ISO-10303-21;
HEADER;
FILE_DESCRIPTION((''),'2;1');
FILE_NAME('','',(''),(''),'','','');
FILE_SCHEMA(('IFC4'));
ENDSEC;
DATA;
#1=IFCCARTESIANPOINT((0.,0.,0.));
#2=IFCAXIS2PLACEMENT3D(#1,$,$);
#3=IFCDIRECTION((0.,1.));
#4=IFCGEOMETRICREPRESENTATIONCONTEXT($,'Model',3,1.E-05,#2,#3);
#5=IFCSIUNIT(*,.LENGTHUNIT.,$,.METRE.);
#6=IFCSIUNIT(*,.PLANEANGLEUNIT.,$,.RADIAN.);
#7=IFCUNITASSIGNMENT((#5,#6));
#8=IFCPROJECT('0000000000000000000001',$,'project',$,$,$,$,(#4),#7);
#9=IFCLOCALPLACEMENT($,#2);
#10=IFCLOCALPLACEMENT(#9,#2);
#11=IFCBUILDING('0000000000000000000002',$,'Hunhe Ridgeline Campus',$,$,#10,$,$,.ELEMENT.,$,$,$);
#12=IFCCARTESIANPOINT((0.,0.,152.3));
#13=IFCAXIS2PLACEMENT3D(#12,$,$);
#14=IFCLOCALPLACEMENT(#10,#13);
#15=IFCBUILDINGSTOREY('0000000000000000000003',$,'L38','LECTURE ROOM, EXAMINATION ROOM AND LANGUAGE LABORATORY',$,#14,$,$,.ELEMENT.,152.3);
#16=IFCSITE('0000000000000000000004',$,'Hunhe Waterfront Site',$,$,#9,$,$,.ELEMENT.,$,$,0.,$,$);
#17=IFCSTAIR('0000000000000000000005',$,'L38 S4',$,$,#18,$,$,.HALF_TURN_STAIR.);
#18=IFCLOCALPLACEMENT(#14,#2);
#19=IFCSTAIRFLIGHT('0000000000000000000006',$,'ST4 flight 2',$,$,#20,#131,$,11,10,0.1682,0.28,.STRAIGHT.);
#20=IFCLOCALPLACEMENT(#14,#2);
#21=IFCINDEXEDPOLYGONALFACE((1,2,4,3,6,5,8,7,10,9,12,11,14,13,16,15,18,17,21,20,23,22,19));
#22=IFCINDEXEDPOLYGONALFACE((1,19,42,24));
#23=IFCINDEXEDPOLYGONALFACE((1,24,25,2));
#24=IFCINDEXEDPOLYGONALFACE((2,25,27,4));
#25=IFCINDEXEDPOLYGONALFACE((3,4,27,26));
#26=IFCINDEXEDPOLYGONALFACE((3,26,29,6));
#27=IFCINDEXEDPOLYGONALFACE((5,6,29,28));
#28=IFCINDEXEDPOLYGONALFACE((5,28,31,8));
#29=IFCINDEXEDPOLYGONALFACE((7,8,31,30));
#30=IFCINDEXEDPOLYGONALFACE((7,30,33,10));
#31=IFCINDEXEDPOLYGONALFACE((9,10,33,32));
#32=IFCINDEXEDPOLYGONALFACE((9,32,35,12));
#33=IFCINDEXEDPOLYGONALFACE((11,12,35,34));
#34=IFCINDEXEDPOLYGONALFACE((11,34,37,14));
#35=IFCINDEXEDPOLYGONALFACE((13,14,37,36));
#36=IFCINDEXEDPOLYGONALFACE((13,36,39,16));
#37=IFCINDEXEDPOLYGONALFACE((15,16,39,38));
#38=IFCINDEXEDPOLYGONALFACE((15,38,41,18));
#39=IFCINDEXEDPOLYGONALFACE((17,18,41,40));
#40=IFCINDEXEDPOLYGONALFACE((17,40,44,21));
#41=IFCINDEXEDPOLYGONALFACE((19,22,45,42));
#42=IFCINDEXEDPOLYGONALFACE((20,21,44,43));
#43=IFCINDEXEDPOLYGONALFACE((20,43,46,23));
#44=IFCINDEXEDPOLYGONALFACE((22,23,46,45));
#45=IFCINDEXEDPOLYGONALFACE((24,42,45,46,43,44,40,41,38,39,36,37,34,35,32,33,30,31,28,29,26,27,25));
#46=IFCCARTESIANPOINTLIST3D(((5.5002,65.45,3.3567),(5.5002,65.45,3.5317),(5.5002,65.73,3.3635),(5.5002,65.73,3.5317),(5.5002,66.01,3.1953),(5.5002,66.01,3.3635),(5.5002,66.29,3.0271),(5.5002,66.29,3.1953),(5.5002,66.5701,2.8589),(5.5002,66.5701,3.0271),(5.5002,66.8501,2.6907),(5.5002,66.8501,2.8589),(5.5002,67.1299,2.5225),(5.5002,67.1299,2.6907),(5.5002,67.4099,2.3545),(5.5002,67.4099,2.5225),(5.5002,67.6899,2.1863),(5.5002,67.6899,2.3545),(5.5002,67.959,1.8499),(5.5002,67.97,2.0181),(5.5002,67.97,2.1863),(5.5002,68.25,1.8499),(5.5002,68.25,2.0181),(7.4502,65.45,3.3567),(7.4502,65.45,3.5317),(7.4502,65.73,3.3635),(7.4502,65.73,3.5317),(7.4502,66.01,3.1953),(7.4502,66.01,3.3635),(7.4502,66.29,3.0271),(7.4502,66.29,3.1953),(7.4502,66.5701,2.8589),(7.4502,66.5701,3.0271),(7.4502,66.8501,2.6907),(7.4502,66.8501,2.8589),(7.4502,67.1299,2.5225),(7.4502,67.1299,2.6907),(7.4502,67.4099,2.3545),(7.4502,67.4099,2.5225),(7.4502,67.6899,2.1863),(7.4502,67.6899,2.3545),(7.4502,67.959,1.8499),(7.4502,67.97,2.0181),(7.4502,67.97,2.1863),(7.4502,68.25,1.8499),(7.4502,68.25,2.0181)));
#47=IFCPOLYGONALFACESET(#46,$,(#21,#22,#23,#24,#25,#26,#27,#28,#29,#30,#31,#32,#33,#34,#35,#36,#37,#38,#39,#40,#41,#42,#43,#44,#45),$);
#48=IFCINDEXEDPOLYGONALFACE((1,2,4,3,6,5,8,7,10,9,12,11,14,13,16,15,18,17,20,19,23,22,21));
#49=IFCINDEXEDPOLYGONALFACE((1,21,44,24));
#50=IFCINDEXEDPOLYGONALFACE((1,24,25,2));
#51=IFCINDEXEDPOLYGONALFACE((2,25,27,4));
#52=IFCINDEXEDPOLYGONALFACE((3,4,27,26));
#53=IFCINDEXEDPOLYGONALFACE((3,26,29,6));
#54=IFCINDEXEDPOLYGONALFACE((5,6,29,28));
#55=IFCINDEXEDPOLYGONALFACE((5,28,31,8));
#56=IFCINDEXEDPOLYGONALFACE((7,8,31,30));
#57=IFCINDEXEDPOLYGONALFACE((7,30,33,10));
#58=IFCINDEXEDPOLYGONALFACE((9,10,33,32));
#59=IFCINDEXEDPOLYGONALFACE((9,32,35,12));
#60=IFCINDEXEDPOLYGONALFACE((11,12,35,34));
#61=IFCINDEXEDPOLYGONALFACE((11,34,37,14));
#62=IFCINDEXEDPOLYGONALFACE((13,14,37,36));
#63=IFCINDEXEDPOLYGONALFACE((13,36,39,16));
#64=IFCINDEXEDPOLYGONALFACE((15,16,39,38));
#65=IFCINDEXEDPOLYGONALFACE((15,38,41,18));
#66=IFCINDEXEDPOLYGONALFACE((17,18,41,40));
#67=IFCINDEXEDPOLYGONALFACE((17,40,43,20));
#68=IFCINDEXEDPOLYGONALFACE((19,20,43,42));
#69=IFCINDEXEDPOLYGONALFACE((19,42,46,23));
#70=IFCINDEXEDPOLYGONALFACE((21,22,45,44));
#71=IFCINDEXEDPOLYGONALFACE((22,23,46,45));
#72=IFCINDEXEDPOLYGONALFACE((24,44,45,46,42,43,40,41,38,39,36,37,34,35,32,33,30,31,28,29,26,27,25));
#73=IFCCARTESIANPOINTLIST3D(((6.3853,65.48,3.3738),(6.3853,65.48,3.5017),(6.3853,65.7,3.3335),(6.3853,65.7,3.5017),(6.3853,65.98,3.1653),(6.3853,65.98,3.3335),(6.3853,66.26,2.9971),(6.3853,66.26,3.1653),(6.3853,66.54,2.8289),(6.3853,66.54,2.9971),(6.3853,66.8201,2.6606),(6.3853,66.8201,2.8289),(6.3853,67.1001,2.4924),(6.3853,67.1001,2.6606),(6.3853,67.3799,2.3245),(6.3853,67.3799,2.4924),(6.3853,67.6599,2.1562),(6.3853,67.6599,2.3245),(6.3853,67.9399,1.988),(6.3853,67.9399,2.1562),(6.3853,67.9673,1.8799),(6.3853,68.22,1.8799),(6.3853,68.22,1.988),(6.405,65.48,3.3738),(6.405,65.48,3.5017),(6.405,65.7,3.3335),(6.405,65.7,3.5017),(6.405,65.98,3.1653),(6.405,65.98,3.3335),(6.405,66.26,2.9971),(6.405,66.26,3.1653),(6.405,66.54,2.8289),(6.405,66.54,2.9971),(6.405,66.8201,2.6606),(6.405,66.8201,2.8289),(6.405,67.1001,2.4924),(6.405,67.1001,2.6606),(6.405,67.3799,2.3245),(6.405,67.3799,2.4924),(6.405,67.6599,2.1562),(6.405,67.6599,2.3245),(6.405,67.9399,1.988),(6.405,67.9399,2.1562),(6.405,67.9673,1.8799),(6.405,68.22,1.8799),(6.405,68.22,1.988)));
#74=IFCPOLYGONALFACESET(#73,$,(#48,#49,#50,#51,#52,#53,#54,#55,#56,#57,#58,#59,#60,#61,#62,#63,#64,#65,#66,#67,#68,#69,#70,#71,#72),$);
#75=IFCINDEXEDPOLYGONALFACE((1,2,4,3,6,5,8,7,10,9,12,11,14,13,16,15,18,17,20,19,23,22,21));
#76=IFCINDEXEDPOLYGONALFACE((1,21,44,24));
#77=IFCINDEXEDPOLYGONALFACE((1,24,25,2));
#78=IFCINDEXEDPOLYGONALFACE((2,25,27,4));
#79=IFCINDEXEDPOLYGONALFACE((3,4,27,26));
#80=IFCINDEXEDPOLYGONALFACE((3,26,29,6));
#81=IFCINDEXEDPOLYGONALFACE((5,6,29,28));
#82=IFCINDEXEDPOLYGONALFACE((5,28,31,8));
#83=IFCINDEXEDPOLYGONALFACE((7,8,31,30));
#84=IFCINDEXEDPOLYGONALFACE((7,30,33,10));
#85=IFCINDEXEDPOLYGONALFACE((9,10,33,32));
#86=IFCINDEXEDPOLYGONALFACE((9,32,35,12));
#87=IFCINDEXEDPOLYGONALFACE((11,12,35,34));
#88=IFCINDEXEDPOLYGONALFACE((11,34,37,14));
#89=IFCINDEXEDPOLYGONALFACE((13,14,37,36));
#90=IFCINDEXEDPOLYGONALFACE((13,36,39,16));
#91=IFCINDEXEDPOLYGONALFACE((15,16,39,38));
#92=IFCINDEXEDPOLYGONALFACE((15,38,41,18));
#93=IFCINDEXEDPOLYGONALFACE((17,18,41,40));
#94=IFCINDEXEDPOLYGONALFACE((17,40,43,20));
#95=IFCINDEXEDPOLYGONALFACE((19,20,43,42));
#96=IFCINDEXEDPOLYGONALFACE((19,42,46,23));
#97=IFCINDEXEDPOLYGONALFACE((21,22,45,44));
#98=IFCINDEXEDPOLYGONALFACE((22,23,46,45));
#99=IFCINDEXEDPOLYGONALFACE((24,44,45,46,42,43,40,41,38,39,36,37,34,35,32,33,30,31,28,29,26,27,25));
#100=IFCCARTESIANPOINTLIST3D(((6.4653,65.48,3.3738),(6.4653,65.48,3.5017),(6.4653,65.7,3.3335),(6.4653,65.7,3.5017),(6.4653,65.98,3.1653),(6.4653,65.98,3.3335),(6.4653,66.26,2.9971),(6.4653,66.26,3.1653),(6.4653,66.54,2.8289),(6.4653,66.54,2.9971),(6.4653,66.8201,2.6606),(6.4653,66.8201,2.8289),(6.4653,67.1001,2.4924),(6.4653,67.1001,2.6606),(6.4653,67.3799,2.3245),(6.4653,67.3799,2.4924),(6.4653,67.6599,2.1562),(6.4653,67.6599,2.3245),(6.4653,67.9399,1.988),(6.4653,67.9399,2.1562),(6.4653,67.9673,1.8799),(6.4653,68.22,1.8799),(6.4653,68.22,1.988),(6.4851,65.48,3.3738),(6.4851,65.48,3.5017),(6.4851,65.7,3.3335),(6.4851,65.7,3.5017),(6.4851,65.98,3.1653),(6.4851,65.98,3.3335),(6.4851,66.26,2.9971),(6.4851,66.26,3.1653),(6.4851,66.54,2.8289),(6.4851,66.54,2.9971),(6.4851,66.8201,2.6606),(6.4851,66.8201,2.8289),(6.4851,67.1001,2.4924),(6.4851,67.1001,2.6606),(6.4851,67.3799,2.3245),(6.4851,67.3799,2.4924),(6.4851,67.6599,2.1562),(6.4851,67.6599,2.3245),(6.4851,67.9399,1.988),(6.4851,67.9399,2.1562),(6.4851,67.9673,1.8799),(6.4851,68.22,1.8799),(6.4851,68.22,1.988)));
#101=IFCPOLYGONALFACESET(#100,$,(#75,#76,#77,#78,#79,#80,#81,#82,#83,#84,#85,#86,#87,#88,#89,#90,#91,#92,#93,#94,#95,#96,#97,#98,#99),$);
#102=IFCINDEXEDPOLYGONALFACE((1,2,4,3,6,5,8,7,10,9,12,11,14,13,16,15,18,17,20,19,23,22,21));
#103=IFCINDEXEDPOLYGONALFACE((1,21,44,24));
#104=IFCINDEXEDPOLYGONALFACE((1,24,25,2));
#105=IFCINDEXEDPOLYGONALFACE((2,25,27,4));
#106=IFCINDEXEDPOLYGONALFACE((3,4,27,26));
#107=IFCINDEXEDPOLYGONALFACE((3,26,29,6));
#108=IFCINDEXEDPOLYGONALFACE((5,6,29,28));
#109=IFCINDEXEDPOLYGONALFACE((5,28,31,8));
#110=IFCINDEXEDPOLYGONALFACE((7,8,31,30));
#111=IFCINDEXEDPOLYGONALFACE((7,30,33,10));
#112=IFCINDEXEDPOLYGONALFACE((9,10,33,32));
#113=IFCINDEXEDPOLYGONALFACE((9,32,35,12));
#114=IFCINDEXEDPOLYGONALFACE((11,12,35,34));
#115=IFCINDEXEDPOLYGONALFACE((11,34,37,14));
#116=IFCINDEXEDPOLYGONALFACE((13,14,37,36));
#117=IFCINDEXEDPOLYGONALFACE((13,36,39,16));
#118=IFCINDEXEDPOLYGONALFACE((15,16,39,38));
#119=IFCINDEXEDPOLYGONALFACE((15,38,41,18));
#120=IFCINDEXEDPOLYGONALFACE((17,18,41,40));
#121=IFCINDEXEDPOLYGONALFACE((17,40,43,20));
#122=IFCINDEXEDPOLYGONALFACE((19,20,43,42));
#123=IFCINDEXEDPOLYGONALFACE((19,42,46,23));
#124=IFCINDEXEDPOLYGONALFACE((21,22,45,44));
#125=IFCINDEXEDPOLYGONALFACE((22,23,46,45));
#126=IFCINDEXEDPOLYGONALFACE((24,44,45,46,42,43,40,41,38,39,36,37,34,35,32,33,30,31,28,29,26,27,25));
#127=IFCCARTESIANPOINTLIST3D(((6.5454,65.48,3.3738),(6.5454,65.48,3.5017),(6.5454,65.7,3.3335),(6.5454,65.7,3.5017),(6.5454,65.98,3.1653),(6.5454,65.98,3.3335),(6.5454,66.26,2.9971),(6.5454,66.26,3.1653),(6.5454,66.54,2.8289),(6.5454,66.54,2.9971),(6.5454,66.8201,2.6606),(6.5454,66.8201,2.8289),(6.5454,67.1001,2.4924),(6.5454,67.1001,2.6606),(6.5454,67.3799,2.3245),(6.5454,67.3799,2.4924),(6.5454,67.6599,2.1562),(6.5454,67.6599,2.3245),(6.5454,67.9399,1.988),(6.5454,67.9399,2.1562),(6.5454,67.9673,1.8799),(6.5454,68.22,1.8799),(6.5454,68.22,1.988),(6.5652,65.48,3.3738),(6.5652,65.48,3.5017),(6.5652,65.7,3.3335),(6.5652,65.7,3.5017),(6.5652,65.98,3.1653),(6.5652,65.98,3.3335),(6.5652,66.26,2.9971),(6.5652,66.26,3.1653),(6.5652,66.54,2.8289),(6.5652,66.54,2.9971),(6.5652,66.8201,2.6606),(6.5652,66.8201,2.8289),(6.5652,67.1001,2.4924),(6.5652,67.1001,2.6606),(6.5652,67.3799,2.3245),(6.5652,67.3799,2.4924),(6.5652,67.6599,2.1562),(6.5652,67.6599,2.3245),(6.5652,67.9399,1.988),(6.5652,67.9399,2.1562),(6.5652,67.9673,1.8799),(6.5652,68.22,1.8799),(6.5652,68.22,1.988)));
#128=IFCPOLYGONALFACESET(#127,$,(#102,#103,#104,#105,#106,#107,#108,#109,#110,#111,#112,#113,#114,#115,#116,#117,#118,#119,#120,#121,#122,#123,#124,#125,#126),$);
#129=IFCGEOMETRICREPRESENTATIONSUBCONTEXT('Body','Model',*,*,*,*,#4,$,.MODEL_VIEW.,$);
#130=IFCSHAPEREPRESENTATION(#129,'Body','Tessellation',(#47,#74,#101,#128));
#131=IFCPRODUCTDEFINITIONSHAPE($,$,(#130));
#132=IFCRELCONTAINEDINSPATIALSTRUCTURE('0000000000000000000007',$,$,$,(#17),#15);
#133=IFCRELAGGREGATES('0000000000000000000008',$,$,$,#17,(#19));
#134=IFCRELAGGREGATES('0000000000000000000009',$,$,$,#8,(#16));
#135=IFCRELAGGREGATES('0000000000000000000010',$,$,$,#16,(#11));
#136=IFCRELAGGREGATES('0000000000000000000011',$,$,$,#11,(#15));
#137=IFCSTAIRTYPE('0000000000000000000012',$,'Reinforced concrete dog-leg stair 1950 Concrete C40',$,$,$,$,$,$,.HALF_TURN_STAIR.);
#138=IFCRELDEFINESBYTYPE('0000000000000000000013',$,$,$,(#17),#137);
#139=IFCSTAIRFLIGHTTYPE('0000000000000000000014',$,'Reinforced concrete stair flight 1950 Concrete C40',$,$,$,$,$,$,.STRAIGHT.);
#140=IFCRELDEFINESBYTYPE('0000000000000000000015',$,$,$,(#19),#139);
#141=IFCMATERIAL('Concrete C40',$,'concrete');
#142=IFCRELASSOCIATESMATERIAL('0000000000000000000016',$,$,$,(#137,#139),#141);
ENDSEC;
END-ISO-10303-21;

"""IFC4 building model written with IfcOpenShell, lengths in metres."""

from ifc_helpers import new_model, si_unit, direction, frame, origin, place, context, subcontext, project, spatial, polyline, outline, extrude, material, type_object, element, aggregate, save


model = new_model("IFC4")

# Units and contexts
model_context = context("Model", 3, precision=1e-05, world=origin(), true_north=direction((0.0, 1.0)))
body_context = subcontext(model_context, "Body", "Model", "MODEL_VIEW")
ifc_project = project(units=[si_unit("LENGTHUNIT", "METRE"), si_unit("PLANEANGLEUNIT", "RADIAN")], contexts=[model_context])

# Site, building, storey
site_placement = place(None, origin())
site = spatial("IfcSite", under=ifc_project, at=site_placement, Name="Hunhe Waterfront Site", CompositionType="ELEMENT", RefElevation=0.0)
building_placement = place(site_placement, origin())
building = spatial("IfcBuilding", under=site, at=building_placement, Name="Hunhe Ridgeline Campus", CompositionType="ELEMENT")
storey_placement = place(building_placement, frame((0.0, 0.0, 152.3)))
storey = spatial("IfcBuildingStorey", under=building, at=storey_placement, Name="L38", Description="LECTURE ROOM, EXAMINATION ROOM AND LANGUAGE LABORATORY", CompositionType="ELEMENT", Elevation=152.3)

# Stair, stair flight
ifc_material_1 = material(Name="Concrete C40", Category="concrete")
stair_type = type_object("IfcStairType", Name="Reinforced concrete dog-leg stair 1950 Concrete C40", PredefinedType="HALF_TURN_STAIR", material=ifc_material_1)
stair_flight_type = type_object("IfcStairFlightType", Name="Reinforced concrete stair flight 1950 Concrete C40", PredefinedType="STRAIGHT", material=ifc_material_1)
stair_1_placement = place(storey_placement, origin())
stair_1 = element("IfcStair", 1, at=stair_1_placement, inside=storey, type_object=stair_type, Name="L38 S4", PredefinedType="HALF_TURN_STAIR")
stair_flight_1_placement = place(storey_placement, frame((6.4751, 68.25, 1.8499), z_axis=(0.0, 0.0, 1.0), x_axis=(0.0, -1.0, 0.0)))
stair_flight_1 = element("IfcStairFlight", 2, at=stair_flight_1_placement, type_object=stair_flight_type, Name="ST4 flight 2", NumberOfRisers=11, NumberOfTreads=10, PredefinedType="STRAIGHT", RiserHeight=0.1682, TreadLength=0.28, context=body_context, shape_type="SweptSolid", body=[
    extrude(outline(polyline([(0.0, 0.0), (0.0, 0.1682), (0.28, 0.1682), (0.28, 0.3364), (0.5601, 0.3364), (0.5601, 0.5046), (0.8401, 0.5046), (0.8401, 0.6726), (1.1201, 0.6726), (1.1201, 0.8408), (1.3999, 0.8408), (1.3999, 1.009), (1.6799, 1.009), (1.6799, 1.1772), (1.96, 1.1772), (1.96, 1.3455), (2.24, 1.3455), (2.24, 1.5137), (2.52, 1.5137), (2.52, 1.6819), (2.8, 1.6819), (2.8, 1.8501), (2.8, 1.5068), (0.291, 0.0), (0.0, 0.0)])), frame((0.0, 0.9751, 0.0), z_axis=(0.0, -1.0, 0.0), x_axis=(1.0, 0.0, 0.0)), (0.0, 0.0, 1.0), 1.95),
    extrude(outline(polyline([(0.03, 0.03), (0.03, 0.1382), (0.3101, 0.1382), (0.3101, 0.3064), (0.5901, 0.3064), (0.5901, 0.4746), (0.8701, 0.4746), (0.8701, 0.6426), (1.1499, 0.6426), (1.1499, 0.8108), (1.4299, 0.8108), (1.4299, 0.979), (1.71, 0.979), (1.71, 1.1472), (1.99, 1.1472), (1.99, 1.3154), (2.27, 1.3154), (2.27, 1.4836), (2.55, 1.4836), (2.55, 1.6519), (2.77, 1.6519), (2.77, 1.5239), (0.2827, 0.03), (0.03, 0.03)])), frame((0.0, -0.0701, 0.0), z_axis=(0.0, -1.0, 0.0), x_axis=(1.0, 0.0, 0.0)), (0.0, 0.0, 1.0), 0.0198),
    extrude(outline(polyline([(0.03, 0.03), (0.03, 0.1382), (0.3101, 0.1382), (0.3101, 0.3064), (0.5901, 0.3064), (0.5901, 0.4746), (0.8701, 0.4746), (0.8701, 0.6426), (1.1499, 0.6426), (1.1499, 0.8108), (1.4299, 0.8108), (1.4299, 0.979), (1.71, 0.979), (1.71, 1.1472), (1.99, 1.1472), (1.99, 1.3154), (2.27, 1.3154), (2.27, 1.4836), (2.55, 1.4836), (2.55, 1.6519), (2.77, 1.6519), (2.77, 1.5239), (0.2827, 0.03), (0.03, 0.03)])), frame((0.0, 0.01, 0.0), z_axis=(0.0, -1.0, 0.0), x_axis=(1.0, 0.0, 0.0)), (0.0, 0.0, 1.0), 0.0198),
    extrude(outline(polyline([(0.03, 0.03), (0.03, 0.1382), (0.3101, 0.1382), (0.3101, 0.3064), (0.5901, 0.3064), (0.5901, 0.4746), (0.8701, 0.4746), (0.8701, 0.6426), (1.1499, 0.6426), (1.1499, 0.8108), (1.4299, 0.8108), (1.4299, 0.979), (1.71, 0.979), (1.71, 1.1472), (1.99, 1.1472), (1.99, 1.3154), (2.27, 1.3154), (2.27, 1.4836), (2.55, 1.4836), (2.55, 1.6519), (2.77, 1.6519), (2.77, 1.5239), (0.2827, 0.03), (0.03, 0.03)])), frame((0.0, 0.0901, 0.0), z_axis=(0.0, -1.0, 0.0), x_axis=(1.0, 0.0, 0.0)), (0.0, 0.0, 1.0), 0.0198),
])
aggregate(stair_1, [stair_flight_1])

save(model, "model.ifc")
